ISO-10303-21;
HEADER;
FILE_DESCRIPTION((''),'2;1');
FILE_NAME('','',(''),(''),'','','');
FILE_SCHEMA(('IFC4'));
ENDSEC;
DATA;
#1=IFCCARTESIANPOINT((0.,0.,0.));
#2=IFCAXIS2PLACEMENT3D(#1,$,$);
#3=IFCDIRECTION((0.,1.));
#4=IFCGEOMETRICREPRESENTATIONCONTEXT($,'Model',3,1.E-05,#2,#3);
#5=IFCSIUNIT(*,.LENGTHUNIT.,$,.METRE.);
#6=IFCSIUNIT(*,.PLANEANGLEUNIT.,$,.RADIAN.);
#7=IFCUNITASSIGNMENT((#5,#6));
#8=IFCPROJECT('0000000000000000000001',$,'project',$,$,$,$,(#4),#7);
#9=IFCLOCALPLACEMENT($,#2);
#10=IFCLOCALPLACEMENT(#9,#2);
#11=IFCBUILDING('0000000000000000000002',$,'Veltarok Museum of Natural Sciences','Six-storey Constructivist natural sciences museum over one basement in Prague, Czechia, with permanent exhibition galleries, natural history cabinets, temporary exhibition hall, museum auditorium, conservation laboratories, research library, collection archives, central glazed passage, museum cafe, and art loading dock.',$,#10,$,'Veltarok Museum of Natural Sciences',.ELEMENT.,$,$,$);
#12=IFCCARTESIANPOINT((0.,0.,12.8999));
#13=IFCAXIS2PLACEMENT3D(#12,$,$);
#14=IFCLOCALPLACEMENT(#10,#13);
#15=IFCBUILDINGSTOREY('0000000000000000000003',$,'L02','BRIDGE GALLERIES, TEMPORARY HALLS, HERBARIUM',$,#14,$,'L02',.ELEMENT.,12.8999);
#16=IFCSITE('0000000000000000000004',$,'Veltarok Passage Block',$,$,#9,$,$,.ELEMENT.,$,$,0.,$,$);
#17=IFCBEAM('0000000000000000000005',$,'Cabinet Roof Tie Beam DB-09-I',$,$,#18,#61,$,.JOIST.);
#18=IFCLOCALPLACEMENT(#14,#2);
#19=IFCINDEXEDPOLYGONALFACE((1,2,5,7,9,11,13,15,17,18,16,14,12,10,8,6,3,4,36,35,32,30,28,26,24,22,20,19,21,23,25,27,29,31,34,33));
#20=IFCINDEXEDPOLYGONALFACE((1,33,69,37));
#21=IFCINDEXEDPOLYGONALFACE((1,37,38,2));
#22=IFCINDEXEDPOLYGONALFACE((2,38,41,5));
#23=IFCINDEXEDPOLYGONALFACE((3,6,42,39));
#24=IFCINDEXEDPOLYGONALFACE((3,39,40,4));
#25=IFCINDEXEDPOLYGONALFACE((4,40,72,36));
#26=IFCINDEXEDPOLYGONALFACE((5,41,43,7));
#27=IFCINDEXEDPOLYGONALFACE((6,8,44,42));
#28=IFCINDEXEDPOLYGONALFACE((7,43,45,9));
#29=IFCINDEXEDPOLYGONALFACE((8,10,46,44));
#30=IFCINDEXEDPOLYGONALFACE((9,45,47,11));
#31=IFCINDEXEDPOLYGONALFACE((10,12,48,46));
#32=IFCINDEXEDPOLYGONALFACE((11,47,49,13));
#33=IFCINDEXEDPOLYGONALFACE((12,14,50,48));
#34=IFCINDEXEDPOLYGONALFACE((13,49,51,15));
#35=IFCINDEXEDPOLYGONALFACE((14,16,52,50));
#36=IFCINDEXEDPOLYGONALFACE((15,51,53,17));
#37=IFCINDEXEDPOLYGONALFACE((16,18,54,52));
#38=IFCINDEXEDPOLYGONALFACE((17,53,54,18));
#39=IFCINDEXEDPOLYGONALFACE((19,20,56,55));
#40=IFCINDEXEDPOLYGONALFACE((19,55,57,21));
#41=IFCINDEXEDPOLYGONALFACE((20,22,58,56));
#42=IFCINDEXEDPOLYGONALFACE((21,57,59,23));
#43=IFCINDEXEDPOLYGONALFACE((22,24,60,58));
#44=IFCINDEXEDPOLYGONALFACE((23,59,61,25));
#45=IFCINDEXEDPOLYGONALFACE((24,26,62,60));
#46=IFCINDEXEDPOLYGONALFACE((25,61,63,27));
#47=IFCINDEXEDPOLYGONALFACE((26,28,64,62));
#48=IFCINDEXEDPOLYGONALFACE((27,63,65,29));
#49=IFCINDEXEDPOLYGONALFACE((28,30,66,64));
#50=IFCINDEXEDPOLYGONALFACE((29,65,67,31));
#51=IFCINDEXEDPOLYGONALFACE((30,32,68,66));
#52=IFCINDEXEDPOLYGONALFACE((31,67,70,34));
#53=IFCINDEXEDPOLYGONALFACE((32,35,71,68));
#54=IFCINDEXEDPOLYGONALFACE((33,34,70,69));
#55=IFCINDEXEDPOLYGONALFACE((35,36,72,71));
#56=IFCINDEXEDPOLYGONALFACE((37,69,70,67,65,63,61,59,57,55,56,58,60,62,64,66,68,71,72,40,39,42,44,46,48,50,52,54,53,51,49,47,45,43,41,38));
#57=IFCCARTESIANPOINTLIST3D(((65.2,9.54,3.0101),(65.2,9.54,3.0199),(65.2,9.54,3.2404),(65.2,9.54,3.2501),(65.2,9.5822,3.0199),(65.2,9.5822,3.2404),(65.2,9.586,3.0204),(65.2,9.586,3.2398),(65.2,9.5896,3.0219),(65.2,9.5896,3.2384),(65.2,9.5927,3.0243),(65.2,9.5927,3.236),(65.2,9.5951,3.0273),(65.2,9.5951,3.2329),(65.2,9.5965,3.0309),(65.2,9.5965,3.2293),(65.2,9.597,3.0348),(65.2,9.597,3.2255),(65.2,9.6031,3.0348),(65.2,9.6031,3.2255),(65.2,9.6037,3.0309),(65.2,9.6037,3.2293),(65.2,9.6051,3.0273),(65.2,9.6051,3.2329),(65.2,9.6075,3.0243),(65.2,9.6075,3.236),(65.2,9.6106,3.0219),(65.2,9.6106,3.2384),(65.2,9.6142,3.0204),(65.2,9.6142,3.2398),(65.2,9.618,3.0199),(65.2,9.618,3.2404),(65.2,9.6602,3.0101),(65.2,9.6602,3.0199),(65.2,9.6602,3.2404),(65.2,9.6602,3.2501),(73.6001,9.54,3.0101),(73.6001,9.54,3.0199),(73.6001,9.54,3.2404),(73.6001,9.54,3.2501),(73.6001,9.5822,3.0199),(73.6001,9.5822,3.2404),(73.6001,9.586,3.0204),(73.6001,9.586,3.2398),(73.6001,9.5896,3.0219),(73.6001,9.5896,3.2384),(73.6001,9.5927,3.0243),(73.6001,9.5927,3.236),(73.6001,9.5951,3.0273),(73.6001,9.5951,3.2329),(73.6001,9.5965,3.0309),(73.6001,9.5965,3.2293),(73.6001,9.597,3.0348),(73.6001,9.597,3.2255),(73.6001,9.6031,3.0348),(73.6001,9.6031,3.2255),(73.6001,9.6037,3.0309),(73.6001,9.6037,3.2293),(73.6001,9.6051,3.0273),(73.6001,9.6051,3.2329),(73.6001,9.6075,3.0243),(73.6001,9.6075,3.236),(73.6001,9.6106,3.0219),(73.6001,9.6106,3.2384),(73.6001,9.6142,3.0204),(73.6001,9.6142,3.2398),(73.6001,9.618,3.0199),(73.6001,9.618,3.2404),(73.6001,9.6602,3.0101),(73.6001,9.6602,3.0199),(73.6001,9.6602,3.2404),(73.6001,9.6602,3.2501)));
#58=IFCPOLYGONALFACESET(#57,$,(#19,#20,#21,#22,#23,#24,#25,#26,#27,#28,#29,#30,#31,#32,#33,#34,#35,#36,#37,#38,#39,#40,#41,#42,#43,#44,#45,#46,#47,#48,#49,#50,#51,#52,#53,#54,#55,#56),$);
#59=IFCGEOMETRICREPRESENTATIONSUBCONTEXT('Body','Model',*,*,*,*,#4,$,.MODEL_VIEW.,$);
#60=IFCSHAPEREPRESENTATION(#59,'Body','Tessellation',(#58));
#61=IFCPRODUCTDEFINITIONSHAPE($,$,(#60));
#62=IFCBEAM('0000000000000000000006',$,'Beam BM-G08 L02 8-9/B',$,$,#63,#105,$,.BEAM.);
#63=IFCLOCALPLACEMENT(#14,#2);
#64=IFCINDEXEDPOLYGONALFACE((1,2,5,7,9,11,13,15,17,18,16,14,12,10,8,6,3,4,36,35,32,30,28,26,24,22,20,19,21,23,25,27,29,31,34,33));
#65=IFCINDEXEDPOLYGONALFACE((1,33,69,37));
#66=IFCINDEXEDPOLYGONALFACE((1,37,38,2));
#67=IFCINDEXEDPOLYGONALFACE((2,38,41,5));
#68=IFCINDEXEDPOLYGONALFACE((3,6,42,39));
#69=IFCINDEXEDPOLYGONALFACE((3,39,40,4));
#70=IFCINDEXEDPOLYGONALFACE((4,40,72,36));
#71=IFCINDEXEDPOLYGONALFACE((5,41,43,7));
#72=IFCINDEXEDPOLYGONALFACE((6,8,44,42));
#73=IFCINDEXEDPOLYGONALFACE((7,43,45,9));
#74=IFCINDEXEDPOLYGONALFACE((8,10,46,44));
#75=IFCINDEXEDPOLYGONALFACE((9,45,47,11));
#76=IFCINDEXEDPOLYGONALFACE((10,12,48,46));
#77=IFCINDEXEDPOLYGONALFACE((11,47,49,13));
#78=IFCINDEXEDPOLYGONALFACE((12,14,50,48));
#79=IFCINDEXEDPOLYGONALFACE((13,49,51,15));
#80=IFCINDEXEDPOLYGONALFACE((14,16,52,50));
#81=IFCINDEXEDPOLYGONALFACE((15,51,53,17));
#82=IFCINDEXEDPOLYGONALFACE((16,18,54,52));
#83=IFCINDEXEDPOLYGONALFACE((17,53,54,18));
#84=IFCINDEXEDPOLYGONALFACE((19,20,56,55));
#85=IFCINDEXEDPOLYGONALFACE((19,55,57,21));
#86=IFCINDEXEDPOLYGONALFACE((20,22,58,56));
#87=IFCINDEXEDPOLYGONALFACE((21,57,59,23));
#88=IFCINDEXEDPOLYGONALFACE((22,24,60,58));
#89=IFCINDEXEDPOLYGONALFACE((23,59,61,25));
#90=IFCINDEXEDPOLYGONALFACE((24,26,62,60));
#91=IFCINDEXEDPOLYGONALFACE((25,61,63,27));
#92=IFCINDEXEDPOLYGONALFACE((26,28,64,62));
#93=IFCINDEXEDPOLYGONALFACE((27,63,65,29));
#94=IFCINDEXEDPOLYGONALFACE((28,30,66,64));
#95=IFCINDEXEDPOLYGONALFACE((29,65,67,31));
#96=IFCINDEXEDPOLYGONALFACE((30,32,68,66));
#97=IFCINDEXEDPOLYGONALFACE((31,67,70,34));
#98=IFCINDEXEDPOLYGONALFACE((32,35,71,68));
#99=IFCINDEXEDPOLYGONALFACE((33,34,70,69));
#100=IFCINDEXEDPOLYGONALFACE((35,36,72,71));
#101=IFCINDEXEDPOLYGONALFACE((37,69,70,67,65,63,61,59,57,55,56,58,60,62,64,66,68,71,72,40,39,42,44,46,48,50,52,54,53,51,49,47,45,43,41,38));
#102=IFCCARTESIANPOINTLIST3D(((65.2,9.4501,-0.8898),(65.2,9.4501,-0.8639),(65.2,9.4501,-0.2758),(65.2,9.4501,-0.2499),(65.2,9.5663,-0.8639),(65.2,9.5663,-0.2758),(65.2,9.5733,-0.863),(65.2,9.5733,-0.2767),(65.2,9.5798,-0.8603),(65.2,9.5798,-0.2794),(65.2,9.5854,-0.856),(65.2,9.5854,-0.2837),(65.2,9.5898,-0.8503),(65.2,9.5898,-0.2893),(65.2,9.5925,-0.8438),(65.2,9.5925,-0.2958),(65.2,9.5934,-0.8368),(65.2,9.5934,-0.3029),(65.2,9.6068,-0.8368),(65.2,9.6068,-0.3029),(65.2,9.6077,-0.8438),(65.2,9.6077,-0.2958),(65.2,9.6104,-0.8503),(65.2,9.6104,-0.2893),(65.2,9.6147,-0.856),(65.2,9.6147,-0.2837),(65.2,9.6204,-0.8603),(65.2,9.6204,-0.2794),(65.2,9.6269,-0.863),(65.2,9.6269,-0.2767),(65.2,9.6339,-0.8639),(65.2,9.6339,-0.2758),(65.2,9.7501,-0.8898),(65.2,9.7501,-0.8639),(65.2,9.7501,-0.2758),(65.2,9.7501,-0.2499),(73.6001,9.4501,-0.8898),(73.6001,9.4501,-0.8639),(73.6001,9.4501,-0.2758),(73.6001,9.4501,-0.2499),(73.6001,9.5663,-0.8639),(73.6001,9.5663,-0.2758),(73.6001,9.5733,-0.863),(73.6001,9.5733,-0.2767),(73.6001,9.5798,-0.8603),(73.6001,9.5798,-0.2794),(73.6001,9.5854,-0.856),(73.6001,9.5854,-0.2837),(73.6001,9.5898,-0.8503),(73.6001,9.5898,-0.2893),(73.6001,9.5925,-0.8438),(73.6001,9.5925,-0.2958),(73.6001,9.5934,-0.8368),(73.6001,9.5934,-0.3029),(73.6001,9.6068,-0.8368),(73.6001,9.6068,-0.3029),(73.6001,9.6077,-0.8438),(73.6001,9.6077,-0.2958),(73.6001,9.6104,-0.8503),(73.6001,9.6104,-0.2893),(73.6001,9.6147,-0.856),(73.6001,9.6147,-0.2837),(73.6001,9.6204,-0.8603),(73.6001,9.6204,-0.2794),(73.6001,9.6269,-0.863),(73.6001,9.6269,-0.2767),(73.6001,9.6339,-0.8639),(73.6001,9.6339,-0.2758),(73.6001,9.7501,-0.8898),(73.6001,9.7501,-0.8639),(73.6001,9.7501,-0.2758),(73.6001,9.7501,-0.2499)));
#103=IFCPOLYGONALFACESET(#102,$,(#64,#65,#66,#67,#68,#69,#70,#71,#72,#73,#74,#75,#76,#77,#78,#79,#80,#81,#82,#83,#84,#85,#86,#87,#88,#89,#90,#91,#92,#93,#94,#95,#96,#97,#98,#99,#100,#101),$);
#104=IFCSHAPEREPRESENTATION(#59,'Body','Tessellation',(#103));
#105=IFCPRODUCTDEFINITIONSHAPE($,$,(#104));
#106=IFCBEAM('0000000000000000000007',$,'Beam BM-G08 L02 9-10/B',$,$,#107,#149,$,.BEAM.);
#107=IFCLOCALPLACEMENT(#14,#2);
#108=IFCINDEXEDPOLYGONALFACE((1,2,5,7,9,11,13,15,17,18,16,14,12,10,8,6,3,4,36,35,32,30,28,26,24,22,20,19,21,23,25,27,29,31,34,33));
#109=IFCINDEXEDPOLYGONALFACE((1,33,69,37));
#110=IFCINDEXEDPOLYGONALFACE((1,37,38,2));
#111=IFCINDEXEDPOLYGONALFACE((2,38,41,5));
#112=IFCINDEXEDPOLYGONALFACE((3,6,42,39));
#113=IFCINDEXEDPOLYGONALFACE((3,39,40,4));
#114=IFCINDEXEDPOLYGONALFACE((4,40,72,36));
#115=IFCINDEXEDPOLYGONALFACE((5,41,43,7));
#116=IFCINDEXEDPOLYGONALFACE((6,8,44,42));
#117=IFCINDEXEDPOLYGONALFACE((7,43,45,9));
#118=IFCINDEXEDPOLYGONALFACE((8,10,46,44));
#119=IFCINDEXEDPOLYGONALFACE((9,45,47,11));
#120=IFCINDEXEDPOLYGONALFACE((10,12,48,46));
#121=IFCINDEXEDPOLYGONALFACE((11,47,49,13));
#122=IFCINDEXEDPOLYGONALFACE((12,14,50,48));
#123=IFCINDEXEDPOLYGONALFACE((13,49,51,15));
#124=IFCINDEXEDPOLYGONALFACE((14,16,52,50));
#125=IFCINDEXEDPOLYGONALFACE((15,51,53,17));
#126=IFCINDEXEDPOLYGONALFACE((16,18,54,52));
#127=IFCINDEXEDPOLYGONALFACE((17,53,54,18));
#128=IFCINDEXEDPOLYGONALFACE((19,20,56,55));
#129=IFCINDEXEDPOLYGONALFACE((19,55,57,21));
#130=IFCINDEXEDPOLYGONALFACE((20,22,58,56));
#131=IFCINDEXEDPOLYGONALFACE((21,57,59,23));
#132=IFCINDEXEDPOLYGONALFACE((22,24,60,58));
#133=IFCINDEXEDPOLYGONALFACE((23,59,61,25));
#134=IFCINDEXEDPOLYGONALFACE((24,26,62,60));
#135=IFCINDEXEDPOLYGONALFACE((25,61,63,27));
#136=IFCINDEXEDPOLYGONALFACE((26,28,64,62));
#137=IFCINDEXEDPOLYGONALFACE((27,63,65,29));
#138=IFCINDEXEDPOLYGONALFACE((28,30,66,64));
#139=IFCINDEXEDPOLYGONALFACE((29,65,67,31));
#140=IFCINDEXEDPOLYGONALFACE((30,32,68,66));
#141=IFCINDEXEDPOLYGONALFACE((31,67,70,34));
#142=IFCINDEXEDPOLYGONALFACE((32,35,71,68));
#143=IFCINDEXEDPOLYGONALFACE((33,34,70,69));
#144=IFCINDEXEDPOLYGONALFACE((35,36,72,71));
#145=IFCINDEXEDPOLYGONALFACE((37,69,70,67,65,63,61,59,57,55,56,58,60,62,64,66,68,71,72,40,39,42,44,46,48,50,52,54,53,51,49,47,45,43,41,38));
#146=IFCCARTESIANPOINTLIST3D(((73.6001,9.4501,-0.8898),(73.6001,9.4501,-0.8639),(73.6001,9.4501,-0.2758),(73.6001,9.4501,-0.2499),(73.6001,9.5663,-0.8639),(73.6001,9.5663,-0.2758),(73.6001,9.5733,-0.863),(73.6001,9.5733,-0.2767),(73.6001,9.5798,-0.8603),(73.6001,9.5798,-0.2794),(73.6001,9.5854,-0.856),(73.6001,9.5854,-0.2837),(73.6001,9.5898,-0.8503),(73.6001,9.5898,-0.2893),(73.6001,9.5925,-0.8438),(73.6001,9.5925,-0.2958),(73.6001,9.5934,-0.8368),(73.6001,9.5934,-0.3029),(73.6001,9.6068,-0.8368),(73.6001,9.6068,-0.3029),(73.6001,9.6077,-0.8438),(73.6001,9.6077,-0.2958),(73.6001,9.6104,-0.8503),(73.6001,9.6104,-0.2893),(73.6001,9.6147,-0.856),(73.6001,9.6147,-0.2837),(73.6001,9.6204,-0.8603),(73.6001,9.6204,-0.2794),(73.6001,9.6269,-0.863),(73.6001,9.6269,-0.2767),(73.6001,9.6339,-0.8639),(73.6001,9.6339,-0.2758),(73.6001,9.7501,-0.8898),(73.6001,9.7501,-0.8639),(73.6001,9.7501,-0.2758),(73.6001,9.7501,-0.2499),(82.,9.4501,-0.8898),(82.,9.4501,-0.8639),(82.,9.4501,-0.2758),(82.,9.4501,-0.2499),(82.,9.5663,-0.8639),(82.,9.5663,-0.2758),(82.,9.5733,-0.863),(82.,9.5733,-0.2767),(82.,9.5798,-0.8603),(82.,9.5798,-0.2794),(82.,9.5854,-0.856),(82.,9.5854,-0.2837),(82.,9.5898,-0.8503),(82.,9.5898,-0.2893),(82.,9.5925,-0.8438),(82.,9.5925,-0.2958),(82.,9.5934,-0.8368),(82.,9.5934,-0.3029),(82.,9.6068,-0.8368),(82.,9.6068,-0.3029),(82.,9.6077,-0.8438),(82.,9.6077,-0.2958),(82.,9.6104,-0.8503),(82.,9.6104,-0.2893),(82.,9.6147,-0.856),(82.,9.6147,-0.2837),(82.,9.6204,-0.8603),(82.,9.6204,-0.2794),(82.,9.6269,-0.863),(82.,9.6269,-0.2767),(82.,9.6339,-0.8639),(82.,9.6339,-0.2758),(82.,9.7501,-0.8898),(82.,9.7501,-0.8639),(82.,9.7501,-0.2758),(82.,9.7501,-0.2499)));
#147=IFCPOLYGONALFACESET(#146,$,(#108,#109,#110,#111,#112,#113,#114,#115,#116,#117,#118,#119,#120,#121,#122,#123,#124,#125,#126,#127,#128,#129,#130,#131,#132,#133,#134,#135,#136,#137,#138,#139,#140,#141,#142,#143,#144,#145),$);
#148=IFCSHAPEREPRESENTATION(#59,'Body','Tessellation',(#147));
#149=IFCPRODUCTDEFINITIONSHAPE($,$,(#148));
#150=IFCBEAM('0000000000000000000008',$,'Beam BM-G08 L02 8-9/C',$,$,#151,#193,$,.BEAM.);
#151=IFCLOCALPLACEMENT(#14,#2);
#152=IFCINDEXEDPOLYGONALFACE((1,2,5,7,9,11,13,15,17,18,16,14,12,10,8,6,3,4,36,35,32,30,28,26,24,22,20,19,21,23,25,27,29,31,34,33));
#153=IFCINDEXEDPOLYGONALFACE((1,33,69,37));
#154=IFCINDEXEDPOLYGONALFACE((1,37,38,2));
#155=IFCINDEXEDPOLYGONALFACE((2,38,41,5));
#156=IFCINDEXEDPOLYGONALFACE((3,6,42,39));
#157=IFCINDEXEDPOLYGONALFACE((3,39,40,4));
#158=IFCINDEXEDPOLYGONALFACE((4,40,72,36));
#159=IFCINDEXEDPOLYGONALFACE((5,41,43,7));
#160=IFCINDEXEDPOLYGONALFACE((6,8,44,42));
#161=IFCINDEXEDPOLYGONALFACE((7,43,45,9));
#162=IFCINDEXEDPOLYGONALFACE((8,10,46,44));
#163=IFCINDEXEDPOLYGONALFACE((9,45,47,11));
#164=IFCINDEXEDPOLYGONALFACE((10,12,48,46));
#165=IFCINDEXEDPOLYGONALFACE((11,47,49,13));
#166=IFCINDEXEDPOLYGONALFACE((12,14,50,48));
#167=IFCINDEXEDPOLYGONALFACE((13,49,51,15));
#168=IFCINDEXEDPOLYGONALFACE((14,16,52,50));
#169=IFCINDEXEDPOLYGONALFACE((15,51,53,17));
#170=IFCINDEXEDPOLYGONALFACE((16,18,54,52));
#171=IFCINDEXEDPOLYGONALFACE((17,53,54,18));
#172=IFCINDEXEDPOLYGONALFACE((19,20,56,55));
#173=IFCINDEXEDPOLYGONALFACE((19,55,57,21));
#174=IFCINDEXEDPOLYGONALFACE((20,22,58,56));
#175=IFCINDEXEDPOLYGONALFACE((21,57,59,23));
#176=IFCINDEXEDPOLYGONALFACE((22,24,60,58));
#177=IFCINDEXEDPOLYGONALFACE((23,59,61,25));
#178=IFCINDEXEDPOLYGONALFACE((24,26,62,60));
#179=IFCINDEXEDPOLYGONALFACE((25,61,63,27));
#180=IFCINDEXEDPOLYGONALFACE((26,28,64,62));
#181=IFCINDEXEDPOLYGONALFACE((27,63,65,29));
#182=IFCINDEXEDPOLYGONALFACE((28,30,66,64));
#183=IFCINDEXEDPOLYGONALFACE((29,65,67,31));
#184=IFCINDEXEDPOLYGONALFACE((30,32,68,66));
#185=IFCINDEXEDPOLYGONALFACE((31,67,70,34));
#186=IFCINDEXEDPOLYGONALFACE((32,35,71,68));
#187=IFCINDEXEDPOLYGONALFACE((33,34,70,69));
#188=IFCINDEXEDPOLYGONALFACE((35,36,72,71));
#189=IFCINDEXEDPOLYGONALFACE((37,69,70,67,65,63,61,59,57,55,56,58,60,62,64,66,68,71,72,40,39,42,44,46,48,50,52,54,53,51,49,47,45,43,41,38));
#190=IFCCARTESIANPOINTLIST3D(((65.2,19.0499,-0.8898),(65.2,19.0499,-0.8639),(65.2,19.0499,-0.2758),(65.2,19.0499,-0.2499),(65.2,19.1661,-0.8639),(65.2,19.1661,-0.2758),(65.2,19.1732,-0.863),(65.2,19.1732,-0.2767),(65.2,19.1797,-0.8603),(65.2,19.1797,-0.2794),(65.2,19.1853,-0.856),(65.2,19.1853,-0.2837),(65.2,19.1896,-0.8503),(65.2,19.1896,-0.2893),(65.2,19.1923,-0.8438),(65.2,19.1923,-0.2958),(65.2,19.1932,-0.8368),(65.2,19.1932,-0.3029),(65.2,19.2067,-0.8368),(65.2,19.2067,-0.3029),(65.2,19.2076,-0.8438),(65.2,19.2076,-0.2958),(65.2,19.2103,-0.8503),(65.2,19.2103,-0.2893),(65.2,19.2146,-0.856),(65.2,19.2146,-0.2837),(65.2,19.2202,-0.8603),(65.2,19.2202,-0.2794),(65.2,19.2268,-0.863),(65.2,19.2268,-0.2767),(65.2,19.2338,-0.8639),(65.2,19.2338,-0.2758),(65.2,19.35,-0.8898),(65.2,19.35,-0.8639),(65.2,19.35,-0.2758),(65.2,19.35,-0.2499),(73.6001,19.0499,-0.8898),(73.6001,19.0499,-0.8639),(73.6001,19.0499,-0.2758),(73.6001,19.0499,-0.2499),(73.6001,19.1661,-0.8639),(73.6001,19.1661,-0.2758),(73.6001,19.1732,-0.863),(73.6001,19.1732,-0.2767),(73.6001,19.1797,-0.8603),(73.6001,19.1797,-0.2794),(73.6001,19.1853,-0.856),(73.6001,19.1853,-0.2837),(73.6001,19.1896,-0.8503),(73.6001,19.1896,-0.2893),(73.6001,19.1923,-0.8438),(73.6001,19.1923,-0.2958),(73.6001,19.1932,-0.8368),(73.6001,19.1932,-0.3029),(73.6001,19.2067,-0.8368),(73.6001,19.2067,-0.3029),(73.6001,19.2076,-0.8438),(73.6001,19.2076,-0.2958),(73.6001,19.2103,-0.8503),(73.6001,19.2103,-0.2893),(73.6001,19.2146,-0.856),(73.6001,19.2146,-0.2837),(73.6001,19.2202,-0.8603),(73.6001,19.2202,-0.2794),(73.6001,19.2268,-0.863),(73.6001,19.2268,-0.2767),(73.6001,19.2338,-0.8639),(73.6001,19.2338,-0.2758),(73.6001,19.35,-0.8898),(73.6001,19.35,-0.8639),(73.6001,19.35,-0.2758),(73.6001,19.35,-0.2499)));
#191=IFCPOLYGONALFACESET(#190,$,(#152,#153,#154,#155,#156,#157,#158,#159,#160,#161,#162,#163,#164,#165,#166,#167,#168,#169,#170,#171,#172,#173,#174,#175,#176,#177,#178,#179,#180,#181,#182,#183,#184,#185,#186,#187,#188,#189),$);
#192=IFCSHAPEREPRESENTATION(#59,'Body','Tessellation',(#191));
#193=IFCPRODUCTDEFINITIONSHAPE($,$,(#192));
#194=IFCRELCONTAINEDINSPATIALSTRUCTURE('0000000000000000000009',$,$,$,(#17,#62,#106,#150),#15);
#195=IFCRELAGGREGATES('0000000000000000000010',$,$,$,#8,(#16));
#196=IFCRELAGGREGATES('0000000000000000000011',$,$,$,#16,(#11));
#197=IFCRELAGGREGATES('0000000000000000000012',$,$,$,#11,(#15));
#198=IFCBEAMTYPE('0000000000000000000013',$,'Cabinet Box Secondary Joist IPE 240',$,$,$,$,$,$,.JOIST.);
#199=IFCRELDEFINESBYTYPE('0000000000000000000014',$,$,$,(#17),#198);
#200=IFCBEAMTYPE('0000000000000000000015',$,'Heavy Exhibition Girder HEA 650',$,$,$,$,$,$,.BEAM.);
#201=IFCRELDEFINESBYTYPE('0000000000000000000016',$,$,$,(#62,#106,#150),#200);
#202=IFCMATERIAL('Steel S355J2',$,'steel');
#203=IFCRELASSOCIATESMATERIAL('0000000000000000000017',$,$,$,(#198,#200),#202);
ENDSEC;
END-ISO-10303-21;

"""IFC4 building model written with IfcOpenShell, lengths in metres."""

from ifc_helpers import new_model, si_unit, direction, frame, origin, origin_2d, place, context, subcontext, project, spatial, i_section, extrude, material, material_profile, profile_set, type_object, element, save


model = new_model("IFC4")

# Units and contexts
model_context = context("Model", 3, precision=1e-05, world=origin(), true_north=direction((0.0, 1.0)))
body_context = subcontext(model_context, "Body", "Model", "MODEL_VIEW")
ifc_project = project(units=[si_unit("LENGTHUNIT", "METRE"), si_unit("PLANEANGLEUNIT", "RADIAN")], contexts=[model_context])

# Site, building, storey
site_placement = place(None, origin())
site = spatial("IfcSite", under=ifc_project, at=site_placement, Name="Veltarok Passage Block", CompositionType="ELEMENT", RefElevation=0.0)
building_placement = place(site_placement, origin())
building = spatial("IfcBuilding", under=site, at=building_placement, Name="Veltarok Museum of Natural Sciences", Description="Six-storey Constructivist natural sciences museum over one basement in Prague, Czechia, with permanent exhibition galleries, natural history cabinets, temporary exhibition hall, museum auditorium, conservation laboratories, research library, collection archives, central glazed passage, museum cafe, and art loading dock.", LongName="Veltarok Museum of Natural Sciences", CompositionType="ELEMENT")
storey_placement = place(building_placement, frame((0.0, 0.0, 12.8999)))
storey = spatial("IfcBuildingStorey", under=building, at=storey_placement, Name="L02", Description="BRIDGE GALLERIES, TEMPORARY HALLS, HERBARIUM", LongName="L02", CompositionType="ELEMENT", Elevation=12.8999)

# Shared definitions
ifc_material_1 = material(Name="Steel S355J2", Category="steel")

# Beams
ifc_material_profile_1 = material_profile(ifc_material_1, i_section(OverallWidth=0.1201, OverallDepth=0.24, WebThickness=0.0061, FlangeThickness=0.0098, FilletRadius=0.0149, at=origin_2d()), Name="IPE 240")
ifc_profile_set_1 = profile_set([ifc_material_profile_1], Name="Steel S355J2")
beam_type_1 = type_object("IfcBeamType", Name="Cabinet Box Secondary Joist IPE 240", PredefinedType="JOIST", material=ifc_profile_set_1)
beam_1_placement = place(storey_placement, frame((65.2, 9.6001, 3.1301), z_axis=(1.0, 0.0, 0.0), x_axis=(0.0, 1.0, 0.0)))
element("IfcBeam", 1, at=beam_1_placement, inside=storey, type_object=beam_type_1, Name="Cabinet Roof Tie Beam DB-09-I", PredefinedType="JOIST", context=body_context, shape_type="SweptSolid", body=[
    extrude(i_section(OverallWidth=0.1201, OverallDepth=0.24, WebThickness=0.0061, FlangeThickness=0.0098, FilletRadius=0.0149, at=origin_2d()), origin(), (0.0, 0.0, 1.0), 8.4001),
])
ifc_material_profile_2 = material_profile(ifc_material_1, i_section(OverallWidth=0.3, OverallDepth=0.6399, WebThickness=0.0134, FlangeThickness=0.0259, FilletRadius=0.0271, at=origin_2d()), Name="HEA 650")
ifc_profile_set_2 = profile_set([ifc_material_profile_2], Name="Steel S355J2")
beam_type_2 = type_object("IfcBeamType", Name="Heavy Exhibition Girder HEA 650", PredefinedType="BEAM", material=ifc_profile_set_2)
beam_2_placement = place(storey_placement, frame((65.2, 9.6001, -0.5698), z_axis=(1.0, 0.0, 0.0), x_axis=(0.0, 1.0, 0.0)))
element("IfcBeam", 2, at=beam_2_placement, inside=storey, type_object=beam_type_2, Name="Beam BM-G08 L02 8-9/B", PredefinedType="BEAM", context=body_context, shape_type="SweptSolid", body=[
    extrude(i_section(OverallWidth=0.3, OverallDepth=0.6399, WebThickness=0.0134, FlangeThickness=0.0259, FilletRadius=0.0271, at=origin_2d()), origin(), (0.0, 0.0, 1.0), 8.4001),
])
beam_3_placement = place(storey_placement, frame((73.6001, 9.6001, -0.5698), z_axis=(1.0, 0.0, 0.0), x_axis=(0.0, 1.0, 0.0)))
element("IfcBeam", 3, at=beam_3_placement, inside=storey, type_object=beam_type_2, Name="Beam BM-G08 L02 9-10/B", PredefinedType="BEAM", context=body_context, shape_type="SweptSolid", body=[
    extrude(i_section(OverallWidth=0.3, OverallDepth=0.6399, WebThickness=0.0134, FlangeThickness=0.0259, FilletRadius=0.0271, at=origin_2d()), origin(), (0.0, 0.0, 1.0), 8.3999),
])
beam_4_placement = place(storey_placement, frame((65.2, 19.2, -0.5698), z_axis=(1.0, 0.0, 0.0), x_axis=(0.0, 1.0, 0.0)))
element("IfcBeam", 4, at=beam_4_placement, inside=storey, type_object=beam_type_2, Name="Beam BM-G08 L02 8-9/C", PredefinedType="BEAM", context=body_context, shape_type="SweptSolid", body=[
    extrude(i_section(OverallWidth=0.3, OverallDepth=0.6399, WebThickness=0.0134, FlangeThickness=0.0259, FilletRadius=0.0271, at=origin_2d()), origin(), (0.0, 0.0, 1.0), 8.4001),
])

save(model, "model.ifc")
